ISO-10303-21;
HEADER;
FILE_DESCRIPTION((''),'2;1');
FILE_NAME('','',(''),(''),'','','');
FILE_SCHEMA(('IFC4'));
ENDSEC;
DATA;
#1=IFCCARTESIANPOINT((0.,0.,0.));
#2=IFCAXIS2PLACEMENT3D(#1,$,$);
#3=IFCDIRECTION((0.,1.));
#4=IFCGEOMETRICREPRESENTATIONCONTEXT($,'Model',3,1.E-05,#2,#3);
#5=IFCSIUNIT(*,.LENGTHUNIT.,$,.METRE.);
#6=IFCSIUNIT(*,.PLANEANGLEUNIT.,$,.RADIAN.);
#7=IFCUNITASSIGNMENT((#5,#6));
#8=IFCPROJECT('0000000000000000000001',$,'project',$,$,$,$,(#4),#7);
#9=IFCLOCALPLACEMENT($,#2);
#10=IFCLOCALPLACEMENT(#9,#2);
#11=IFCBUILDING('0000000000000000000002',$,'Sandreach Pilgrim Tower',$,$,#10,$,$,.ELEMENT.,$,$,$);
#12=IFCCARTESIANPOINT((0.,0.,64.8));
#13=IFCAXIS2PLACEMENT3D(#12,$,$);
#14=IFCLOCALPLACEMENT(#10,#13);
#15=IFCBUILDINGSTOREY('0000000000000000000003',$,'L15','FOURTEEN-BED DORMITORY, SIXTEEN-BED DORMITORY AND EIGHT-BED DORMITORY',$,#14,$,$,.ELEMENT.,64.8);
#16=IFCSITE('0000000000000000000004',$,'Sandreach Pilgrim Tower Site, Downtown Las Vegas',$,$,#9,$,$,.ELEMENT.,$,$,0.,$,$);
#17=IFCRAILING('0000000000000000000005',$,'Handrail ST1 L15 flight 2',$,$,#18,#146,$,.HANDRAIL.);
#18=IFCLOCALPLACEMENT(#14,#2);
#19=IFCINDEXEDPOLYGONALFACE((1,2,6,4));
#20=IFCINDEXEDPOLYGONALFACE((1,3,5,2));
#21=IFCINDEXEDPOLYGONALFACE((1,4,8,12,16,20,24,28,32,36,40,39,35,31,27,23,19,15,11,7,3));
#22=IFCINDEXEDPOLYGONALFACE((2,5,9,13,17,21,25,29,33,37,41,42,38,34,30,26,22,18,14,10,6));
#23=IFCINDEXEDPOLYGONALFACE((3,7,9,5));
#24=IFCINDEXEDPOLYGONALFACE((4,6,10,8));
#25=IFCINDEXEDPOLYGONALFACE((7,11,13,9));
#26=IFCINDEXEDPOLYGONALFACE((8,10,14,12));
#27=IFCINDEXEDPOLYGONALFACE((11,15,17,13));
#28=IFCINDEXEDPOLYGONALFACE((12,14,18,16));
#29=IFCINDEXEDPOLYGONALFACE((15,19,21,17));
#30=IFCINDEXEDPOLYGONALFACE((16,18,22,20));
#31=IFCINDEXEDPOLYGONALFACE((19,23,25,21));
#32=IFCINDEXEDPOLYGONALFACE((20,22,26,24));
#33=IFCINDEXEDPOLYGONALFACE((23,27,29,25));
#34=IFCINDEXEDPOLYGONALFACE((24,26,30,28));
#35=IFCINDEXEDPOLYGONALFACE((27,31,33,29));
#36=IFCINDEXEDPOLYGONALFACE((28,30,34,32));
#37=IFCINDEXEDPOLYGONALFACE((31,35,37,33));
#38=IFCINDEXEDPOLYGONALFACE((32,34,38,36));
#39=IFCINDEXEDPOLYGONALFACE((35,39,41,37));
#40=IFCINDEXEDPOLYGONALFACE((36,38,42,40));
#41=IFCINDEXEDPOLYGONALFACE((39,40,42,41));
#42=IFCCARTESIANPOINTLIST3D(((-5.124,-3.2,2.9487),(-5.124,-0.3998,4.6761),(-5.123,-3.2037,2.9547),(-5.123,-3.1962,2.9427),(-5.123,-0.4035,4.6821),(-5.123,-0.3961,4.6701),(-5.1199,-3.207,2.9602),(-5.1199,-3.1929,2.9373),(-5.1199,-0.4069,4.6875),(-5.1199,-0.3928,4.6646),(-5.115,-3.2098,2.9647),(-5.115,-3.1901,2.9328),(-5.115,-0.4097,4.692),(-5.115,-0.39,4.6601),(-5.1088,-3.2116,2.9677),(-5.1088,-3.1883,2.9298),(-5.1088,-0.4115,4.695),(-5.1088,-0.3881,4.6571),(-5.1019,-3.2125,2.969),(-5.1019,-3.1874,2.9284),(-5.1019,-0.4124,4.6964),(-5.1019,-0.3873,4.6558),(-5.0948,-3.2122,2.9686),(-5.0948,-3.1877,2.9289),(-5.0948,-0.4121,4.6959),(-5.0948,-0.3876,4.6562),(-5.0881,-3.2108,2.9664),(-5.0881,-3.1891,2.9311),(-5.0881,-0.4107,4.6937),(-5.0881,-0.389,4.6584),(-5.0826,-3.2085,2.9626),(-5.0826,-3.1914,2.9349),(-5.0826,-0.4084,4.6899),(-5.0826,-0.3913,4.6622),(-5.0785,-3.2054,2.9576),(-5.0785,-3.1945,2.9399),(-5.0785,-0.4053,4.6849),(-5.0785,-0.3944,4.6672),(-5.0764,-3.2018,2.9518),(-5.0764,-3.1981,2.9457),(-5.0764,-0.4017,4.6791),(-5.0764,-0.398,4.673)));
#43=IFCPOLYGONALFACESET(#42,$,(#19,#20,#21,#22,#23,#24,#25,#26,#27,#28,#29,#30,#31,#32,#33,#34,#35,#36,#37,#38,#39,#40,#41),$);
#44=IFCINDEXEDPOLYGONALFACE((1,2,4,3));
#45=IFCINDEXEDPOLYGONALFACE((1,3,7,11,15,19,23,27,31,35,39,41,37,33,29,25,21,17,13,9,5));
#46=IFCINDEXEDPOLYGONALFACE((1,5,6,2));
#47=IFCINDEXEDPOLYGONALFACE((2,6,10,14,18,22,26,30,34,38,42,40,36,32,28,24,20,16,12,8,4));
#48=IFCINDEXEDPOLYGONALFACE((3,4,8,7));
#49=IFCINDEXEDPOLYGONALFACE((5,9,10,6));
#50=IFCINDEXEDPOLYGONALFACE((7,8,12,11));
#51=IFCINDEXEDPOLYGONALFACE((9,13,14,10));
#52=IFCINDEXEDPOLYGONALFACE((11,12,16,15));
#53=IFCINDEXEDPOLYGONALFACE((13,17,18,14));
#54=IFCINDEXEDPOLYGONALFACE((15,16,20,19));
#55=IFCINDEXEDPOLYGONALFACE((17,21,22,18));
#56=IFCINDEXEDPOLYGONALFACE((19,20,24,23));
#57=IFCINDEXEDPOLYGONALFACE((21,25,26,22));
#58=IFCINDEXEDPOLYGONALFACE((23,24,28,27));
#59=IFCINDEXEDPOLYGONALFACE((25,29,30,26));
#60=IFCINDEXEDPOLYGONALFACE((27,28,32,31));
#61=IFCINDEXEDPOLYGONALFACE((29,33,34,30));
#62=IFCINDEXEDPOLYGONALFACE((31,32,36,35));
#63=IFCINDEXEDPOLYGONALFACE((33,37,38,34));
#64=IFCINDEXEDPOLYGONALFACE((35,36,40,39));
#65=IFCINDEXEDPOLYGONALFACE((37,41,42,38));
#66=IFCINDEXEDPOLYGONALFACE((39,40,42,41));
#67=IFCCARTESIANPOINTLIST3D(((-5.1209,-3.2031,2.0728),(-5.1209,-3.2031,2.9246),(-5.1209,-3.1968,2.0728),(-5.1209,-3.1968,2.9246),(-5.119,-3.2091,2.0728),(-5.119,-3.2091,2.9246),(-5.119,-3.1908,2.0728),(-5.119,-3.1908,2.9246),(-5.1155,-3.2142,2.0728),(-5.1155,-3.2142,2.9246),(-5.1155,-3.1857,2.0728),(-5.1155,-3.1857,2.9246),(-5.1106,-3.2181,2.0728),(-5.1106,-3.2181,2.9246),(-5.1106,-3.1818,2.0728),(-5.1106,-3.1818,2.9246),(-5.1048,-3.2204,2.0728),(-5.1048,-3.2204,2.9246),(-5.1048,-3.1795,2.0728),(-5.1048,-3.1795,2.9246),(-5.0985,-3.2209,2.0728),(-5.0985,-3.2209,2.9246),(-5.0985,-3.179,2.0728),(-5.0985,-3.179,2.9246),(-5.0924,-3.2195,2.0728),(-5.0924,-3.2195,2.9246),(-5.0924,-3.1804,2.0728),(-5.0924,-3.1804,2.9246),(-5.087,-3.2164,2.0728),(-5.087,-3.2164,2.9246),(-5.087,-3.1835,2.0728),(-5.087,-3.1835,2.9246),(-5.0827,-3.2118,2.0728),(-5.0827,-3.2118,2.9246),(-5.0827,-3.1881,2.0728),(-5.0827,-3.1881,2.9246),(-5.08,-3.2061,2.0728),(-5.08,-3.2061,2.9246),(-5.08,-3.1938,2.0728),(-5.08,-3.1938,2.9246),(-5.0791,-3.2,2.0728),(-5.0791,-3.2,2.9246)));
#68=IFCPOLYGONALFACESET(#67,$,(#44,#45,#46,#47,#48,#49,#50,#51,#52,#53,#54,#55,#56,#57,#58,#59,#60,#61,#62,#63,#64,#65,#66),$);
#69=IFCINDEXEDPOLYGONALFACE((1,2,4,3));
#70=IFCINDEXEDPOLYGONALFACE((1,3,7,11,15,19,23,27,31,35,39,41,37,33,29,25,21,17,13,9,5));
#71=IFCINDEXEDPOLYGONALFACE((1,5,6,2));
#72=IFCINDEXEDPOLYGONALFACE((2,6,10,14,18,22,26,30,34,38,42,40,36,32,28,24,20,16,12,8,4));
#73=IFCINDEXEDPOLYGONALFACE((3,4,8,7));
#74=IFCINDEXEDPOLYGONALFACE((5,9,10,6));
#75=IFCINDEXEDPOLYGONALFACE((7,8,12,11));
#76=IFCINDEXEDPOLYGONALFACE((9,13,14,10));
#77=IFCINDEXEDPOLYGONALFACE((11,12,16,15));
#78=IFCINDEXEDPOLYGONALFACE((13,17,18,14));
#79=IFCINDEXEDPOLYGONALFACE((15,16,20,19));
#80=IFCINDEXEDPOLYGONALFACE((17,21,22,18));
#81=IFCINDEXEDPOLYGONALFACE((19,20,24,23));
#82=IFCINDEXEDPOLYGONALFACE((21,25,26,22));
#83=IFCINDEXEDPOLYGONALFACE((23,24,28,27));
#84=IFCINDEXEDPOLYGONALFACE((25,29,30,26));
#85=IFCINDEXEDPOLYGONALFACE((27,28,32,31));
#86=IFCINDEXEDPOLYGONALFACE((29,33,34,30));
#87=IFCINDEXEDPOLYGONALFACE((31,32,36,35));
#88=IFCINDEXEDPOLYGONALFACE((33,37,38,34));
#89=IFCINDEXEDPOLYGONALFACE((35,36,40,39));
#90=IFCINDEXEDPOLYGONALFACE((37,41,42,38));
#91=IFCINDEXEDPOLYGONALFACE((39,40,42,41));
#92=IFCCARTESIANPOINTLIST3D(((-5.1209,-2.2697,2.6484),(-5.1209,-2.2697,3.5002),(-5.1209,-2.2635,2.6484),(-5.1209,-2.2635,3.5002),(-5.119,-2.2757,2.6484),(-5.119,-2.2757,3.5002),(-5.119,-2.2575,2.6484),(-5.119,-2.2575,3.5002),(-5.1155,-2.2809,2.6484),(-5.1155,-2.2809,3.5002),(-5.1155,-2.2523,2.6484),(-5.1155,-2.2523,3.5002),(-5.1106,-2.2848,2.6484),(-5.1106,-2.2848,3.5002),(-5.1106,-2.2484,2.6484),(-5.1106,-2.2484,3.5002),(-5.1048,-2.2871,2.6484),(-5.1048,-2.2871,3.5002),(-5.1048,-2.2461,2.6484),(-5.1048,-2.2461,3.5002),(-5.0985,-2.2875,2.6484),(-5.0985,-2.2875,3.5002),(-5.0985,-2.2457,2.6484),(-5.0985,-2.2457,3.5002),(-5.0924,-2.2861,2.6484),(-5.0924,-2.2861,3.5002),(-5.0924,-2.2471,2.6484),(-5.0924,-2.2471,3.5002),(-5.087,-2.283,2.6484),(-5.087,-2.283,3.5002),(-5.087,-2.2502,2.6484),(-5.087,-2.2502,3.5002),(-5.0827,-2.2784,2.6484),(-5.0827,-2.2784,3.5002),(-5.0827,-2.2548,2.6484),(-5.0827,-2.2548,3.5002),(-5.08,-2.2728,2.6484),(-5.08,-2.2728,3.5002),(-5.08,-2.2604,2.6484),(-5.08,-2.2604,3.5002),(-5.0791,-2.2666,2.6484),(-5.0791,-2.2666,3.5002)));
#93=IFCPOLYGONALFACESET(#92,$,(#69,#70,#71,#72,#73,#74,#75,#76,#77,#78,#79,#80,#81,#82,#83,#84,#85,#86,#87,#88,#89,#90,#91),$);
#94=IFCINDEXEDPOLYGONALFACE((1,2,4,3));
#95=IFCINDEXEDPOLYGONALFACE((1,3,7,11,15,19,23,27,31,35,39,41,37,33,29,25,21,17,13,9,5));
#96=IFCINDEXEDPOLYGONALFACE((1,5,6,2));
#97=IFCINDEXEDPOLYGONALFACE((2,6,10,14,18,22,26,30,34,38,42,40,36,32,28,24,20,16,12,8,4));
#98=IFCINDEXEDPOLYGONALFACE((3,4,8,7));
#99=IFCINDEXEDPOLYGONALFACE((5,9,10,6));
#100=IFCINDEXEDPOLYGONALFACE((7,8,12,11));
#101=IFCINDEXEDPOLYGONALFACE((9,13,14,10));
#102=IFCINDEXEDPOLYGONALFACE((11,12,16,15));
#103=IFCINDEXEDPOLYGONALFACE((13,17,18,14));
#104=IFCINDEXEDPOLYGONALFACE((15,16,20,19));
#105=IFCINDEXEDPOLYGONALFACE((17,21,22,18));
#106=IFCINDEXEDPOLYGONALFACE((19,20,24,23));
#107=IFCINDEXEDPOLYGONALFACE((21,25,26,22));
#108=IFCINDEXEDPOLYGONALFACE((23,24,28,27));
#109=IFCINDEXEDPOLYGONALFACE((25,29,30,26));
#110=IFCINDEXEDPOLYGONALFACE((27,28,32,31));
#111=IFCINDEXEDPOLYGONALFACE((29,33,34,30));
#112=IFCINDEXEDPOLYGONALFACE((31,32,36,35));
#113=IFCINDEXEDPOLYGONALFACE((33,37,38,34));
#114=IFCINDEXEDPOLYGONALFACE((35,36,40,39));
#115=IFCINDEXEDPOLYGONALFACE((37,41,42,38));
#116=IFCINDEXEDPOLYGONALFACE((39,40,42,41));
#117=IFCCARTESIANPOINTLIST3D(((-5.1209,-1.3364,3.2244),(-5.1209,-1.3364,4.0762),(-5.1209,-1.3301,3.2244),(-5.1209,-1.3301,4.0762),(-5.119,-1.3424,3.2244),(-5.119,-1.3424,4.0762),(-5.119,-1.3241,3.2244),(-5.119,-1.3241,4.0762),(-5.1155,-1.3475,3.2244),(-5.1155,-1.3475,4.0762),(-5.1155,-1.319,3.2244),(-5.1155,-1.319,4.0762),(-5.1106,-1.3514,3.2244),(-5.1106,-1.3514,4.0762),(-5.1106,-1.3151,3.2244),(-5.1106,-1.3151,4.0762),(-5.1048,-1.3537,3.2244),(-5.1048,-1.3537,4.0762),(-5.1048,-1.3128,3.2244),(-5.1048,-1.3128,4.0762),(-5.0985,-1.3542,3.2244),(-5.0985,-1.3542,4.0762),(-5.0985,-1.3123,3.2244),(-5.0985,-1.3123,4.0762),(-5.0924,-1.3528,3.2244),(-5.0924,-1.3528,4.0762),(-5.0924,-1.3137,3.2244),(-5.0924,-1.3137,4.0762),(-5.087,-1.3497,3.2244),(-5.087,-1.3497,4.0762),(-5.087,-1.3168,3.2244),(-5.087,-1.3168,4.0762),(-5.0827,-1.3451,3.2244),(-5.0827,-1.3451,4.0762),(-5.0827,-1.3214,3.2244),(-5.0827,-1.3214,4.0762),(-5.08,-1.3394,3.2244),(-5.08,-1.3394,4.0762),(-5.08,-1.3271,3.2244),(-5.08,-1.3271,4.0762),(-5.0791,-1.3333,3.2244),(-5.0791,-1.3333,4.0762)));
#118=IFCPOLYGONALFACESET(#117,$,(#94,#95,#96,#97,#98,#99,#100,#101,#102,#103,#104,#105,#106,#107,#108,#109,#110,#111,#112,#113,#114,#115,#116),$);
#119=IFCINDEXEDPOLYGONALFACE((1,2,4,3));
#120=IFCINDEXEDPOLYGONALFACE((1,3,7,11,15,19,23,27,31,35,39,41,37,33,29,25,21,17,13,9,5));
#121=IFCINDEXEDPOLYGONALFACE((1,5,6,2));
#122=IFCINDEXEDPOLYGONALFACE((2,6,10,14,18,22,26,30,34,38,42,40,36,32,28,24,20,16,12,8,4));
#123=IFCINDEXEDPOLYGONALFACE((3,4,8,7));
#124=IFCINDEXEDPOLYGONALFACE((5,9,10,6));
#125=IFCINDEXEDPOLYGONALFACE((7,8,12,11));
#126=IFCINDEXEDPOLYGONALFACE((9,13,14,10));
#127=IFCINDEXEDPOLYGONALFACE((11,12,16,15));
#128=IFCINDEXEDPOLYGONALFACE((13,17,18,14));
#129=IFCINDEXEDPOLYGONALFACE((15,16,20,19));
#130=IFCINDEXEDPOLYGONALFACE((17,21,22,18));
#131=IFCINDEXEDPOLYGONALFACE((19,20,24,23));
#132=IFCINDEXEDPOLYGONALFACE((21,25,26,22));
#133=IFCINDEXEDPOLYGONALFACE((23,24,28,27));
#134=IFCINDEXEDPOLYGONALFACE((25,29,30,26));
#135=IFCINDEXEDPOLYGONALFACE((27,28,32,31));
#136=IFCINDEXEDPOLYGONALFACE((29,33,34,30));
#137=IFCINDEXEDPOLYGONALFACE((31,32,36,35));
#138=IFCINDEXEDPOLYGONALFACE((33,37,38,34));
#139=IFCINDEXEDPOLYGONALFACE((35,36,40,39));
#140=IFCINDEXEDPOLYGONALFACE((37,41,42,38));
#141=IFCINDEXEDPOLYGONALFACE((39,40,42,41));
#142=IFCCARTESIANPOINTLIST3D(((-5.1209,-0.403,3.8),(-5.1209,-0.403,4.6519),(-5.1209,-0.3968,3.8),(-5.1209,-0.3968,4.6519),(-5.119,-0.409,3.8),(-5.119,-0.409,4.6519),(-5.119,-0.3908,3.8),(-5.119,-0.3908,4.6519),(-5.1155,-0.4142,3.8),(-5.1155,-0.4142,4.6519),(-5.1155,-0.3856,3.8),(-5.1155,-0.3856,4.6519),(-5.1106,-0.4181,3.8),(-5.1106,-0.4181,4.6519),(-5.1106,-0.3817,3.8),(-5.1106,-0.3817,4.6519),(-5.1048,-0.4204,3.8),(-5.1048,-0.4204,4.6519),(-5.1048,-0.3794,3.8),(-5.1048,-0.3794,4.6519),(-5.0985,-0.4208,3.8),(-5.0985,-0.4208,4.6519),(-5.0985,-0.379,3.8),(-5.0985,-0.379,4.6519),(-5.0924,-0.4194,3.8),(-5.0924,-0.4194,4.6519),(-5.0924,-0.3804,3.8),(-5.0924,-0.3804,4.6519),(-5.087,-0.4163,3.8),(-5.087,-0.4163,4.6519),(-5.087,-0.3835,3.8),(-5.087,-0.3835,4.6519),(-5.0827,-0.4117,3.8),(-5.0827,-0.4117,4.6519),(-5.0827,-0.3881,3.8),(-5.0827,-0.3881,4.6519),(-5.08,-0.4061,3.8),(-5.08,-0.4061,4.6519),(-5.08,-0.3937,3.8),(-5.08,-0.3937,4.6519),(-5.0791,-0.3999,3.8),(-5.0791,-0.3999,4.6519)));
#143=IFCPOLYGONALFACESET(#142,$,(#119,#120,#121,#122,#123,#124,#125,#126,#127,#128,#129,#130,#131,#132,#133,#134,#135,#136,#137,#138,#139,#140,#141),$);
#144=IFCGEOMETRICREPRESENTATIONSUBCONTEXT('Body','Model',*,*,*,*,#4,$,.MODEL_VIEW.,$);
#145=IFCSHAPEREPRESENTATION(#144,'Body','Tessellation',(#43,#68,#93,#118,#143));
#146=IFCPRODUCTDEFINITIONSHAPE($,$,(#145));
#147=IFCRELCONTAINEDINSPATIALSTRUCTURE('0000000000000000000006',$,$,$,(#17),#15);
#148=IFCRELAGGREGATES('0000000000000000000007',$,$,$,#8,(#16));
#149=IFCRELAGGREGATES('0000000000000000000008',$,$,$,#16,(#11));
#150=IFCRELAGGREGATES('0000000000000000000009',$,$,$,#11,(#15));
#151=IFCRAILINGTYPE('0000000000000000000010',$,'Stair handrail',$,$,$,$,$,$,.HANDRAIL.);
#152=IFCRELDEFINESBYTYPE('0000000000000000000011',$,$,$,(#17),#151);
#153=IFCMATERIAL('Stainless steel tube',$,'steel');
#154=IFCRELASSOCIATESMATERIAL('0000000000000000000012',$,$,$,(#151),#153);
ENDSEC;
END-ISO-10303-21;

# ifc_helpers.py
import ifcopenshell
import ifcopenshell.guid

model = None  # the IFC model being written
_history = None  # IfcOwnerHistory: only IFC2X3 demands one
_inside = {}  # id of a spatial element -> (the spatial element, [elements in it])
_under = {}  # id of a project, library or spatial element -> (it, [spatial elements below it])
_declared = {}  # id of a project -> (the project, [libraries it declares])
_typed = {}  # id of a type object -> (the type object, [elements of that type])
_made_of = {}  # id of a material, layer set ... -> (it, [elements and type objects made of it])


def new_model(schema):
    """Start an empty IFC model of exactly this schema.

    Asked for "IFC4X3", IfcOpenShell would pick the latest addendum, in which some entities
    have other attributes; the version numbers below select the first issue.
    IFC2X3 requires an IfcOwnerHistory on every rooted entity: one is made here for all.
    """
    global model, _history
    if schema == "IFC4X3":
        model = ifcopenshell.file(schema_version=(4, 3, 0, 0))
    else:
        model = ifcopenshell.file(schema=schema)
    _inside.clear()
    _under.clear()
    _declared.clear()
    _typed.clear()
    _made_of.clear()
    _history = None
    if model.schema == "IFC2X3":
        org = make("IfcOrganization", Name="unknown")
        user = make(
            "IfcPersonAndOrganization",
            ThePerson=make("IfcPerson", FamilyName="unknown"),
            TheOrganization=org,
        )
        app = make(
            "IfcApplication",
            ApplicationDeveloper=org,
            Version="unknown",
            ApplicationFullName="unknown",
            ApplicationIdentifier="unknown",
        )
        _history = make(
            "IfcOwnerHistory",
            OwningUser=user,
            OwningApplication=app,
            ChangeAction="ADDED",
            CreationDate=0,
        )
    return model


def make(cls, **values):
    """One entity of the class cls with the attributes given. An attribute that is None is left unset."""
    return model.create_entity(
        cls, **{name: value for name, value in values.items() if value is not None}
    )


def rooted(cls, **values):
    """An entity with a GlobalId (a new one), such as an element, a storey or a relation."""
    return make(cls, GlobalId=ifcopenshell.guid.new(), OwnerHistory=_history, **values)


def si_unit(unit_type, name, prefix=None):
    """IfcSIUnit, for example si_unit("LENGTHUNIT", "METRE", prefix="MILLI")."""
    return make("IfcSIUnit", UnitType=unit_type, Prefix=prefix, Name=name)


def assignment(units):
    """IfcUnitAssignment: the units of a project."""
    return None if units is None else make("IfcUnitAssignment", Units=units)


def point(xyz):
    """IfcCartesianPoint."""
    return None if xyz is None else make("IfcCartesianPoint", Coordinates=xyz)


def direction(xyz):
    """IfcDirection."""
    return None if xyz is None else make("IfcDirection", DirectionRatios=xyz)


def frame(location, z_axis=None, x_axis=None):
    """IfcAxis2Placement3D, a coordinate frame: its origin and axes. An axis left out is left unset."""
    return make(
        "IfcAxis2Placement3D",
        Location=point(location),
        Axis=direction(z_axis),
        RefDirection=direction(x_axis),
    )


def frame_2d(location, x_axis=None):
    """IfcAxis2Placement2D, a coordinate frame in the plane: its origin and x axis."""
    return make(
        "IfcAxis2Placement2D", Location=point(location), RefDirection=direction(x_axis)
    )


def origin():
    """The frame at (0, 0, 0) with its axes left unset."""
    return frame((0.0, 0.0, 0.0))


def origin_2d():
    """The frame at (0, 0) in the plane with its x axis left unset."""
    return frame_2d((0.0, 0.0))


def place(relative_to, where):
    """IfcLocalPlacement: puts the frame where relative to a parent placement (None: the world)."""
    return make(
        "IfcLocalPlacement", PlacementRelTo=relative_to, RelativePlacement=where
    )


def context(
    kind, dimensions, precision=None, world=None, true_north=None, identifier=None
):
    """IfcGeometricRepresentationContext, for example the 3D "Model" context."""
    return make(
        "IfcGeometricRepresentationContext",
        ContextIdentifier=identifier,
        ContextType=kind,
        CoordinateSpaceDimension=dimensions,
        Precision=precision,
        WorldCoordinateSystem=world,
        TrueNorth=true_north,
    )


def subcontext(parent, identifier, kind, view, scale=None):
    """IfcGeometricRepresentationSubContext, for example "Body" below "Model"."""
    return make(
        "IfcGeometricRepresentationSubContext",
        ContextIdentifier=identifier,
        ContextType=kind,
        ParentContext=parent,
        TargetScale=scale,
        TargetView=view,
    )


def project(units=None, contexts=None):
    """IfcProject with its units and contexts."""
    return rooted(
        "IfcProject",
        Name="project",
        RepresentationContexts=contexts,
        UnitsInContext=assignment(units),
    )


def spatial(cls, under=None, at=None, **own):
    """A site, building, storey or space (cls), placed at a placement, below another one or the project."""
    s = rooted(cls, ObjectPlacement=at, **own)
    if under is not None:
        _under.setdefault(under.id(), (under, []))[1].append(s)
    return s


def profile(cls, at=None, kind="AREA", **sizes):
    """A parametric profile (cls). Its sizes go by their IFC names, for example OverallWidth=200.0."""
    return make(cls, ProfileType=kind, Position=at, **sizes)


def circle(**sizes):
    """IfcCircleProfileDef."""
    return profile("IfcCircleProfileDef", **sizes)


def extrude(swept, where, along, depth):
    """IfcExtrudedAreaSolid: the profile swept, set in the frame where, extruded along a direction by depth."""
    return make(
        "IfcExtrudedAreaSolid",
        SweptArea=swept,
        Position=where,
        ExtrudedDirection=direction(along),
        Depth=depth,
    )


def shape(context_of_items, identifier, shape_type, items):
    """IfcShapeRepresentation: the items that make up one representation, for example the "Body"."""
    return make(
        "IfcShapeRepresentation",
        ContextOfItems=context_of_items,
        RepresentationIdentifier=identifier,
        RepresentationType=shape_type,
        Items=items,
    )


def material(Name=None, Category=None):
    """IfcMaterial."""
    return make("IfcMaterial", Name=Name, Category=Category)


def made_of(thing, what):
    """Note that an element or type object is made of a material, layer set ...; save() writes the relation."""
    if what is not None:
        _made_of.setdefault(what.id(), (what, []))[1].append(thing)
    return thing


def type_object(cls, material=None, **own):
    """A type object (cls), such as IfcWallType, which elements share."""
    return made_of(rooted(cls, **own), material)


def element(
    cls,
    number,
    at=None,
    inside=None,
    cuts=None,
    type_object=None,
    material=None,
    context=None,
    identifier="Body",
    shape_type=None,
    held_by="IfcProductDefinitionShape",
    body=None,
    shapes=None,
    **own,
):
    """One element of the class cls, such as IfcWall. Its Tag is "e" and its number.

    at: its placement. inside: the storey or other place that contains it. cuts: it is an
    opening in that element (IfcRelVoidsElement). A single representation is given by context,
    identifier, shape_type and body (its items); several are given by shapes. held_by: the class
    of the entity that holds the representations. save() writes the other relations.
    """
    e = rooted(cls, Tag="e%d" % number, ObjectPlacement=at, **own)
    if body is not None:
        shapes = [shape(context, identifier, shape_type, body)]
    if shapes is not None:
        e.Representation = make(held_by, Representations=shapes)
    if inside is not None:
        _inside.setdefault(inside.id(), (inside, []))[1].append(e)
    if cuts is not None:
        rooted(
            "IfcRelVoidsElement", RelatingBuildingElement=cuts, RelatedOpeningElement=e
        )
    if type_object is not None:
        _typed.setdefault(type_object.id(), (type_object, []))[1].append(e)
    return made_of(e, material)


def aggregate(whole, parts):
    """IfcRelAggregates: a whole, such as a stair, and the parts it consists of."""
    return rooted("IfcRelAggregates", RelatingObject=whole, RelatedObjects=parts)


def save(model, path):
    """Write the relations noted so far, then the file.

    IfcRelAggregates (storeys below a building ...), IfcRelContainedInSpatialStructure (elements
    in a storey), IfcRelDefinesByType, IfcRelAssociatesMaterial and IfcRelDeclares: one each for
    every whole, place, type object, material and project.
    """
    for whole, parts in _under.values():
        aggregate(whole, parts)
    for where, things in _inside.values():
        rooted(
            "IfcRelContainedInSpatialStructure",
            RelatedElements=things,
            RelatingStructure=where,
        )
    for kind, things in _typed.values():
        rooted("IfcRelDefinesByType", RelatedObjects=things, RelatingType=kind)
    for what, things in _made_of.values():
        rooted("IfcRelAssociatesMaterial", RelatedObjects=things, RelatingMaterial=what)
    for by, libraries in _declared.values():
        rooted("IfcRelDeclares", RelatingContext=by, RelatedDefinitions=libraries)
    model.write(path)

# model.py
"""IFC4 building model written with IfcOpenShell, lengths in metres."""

from ifc_helpers import new_model, si_unit, direction, frame, origin, origin_2d, place, context, subcontext, project, spatial, circle, extrude, material, type_object, element, save


model = new_model("IFC4")

# Units and contexts
model_context = context("Model", 3, precision=1e-05, world=origin(), true_north=direction((0.0, 1.0)))
body_context = subcontext(model_context, "Body", "Model", "MODEL_VIEW")
ifc_project = project(units=[si_unit("LENGTHUNIT", "METRE"), si_unit("PLANEANGLEUNIT", "RADIAN")], contexts=[model_context])

# Site, building, storey
site_placement = place(None, origin())
site = spatial("IfcSite", under=ifc_project, at=site_placement, Name="Sandreach Pilgrim Tower Site, Downtown Las Vegas", CompositionType="ELEMENT", RefElevation=0.0)
building_placement = place(site_placement, origin())
building = spatial("IfcBuilding", under=site, at=building_placement, Name="Sandreach Pilgrim Tower", CompositionType="ELEMENT")
storey_placement = place(building_placement, frame((0.0, 0.0, 64.8)))
storey = spatial("IfcBuildingStorey", under=building, at=storey_placement, Name="L15", Description="FOURTEEN-BED DORMITORY, SIXTEEN-BED DORMITORY AND EIGHT-BED DORMITORY", CompositionType="ELEMENT", Elevation=64.8)

# Railing
ifc_material_1 = material(Name="Stainless steel tube", Category="steel")
railing_type = type_object("IfcRailingType", Name="Stair handrail", PredefinedType="HANDRAIL", material=ifc_material_1)
for number, where, name in (
    (1, (-5.1001, -3.2, 2.0728), "Handrail ST1 L15 flight 2"),
):
    element("IfcRailing", number, at=place(storey_placement, frame(where)), inside=storey, type_object=railing_type, Name=name, PredefinedType="HANDRAIL", context=body_context, shape_type="SweptSolid", body=[
        extrude(circle(Radius=0.0239, at=origin_2d()), frame((0.0, 0.0, 0.876), z_axis=(0.0, 0.85109, 0.52502), x_axis=(-1.0, 0.0, 0.0)), (0.0, 0.0, 1.0), 3.29),
        extrude(circle(Radius=0.021, at=origin_2d()), origin(), (0.0, 0.0, 1.0), 0.8518),
        extrude(circle(Radius=0.021, at=origin_2d()), frame((0.0, 0.9333, 0.5757)), (0.0, 0.0, 1.0), 0.8518),
        extrude(circle(Radius=0.021, at=origin_2d()), frame((0.0, 1.8667, 1.1516)), (0.0, 0.0, 1.0), 0.8518),
        extrude(circle(Radius=0.021, at=origin_2d()), frame((0.0, 2.8, 1.7273)), (0.0, 0.0, 1.0), 0.8518),
    ])

save(model, "model.ifc")
